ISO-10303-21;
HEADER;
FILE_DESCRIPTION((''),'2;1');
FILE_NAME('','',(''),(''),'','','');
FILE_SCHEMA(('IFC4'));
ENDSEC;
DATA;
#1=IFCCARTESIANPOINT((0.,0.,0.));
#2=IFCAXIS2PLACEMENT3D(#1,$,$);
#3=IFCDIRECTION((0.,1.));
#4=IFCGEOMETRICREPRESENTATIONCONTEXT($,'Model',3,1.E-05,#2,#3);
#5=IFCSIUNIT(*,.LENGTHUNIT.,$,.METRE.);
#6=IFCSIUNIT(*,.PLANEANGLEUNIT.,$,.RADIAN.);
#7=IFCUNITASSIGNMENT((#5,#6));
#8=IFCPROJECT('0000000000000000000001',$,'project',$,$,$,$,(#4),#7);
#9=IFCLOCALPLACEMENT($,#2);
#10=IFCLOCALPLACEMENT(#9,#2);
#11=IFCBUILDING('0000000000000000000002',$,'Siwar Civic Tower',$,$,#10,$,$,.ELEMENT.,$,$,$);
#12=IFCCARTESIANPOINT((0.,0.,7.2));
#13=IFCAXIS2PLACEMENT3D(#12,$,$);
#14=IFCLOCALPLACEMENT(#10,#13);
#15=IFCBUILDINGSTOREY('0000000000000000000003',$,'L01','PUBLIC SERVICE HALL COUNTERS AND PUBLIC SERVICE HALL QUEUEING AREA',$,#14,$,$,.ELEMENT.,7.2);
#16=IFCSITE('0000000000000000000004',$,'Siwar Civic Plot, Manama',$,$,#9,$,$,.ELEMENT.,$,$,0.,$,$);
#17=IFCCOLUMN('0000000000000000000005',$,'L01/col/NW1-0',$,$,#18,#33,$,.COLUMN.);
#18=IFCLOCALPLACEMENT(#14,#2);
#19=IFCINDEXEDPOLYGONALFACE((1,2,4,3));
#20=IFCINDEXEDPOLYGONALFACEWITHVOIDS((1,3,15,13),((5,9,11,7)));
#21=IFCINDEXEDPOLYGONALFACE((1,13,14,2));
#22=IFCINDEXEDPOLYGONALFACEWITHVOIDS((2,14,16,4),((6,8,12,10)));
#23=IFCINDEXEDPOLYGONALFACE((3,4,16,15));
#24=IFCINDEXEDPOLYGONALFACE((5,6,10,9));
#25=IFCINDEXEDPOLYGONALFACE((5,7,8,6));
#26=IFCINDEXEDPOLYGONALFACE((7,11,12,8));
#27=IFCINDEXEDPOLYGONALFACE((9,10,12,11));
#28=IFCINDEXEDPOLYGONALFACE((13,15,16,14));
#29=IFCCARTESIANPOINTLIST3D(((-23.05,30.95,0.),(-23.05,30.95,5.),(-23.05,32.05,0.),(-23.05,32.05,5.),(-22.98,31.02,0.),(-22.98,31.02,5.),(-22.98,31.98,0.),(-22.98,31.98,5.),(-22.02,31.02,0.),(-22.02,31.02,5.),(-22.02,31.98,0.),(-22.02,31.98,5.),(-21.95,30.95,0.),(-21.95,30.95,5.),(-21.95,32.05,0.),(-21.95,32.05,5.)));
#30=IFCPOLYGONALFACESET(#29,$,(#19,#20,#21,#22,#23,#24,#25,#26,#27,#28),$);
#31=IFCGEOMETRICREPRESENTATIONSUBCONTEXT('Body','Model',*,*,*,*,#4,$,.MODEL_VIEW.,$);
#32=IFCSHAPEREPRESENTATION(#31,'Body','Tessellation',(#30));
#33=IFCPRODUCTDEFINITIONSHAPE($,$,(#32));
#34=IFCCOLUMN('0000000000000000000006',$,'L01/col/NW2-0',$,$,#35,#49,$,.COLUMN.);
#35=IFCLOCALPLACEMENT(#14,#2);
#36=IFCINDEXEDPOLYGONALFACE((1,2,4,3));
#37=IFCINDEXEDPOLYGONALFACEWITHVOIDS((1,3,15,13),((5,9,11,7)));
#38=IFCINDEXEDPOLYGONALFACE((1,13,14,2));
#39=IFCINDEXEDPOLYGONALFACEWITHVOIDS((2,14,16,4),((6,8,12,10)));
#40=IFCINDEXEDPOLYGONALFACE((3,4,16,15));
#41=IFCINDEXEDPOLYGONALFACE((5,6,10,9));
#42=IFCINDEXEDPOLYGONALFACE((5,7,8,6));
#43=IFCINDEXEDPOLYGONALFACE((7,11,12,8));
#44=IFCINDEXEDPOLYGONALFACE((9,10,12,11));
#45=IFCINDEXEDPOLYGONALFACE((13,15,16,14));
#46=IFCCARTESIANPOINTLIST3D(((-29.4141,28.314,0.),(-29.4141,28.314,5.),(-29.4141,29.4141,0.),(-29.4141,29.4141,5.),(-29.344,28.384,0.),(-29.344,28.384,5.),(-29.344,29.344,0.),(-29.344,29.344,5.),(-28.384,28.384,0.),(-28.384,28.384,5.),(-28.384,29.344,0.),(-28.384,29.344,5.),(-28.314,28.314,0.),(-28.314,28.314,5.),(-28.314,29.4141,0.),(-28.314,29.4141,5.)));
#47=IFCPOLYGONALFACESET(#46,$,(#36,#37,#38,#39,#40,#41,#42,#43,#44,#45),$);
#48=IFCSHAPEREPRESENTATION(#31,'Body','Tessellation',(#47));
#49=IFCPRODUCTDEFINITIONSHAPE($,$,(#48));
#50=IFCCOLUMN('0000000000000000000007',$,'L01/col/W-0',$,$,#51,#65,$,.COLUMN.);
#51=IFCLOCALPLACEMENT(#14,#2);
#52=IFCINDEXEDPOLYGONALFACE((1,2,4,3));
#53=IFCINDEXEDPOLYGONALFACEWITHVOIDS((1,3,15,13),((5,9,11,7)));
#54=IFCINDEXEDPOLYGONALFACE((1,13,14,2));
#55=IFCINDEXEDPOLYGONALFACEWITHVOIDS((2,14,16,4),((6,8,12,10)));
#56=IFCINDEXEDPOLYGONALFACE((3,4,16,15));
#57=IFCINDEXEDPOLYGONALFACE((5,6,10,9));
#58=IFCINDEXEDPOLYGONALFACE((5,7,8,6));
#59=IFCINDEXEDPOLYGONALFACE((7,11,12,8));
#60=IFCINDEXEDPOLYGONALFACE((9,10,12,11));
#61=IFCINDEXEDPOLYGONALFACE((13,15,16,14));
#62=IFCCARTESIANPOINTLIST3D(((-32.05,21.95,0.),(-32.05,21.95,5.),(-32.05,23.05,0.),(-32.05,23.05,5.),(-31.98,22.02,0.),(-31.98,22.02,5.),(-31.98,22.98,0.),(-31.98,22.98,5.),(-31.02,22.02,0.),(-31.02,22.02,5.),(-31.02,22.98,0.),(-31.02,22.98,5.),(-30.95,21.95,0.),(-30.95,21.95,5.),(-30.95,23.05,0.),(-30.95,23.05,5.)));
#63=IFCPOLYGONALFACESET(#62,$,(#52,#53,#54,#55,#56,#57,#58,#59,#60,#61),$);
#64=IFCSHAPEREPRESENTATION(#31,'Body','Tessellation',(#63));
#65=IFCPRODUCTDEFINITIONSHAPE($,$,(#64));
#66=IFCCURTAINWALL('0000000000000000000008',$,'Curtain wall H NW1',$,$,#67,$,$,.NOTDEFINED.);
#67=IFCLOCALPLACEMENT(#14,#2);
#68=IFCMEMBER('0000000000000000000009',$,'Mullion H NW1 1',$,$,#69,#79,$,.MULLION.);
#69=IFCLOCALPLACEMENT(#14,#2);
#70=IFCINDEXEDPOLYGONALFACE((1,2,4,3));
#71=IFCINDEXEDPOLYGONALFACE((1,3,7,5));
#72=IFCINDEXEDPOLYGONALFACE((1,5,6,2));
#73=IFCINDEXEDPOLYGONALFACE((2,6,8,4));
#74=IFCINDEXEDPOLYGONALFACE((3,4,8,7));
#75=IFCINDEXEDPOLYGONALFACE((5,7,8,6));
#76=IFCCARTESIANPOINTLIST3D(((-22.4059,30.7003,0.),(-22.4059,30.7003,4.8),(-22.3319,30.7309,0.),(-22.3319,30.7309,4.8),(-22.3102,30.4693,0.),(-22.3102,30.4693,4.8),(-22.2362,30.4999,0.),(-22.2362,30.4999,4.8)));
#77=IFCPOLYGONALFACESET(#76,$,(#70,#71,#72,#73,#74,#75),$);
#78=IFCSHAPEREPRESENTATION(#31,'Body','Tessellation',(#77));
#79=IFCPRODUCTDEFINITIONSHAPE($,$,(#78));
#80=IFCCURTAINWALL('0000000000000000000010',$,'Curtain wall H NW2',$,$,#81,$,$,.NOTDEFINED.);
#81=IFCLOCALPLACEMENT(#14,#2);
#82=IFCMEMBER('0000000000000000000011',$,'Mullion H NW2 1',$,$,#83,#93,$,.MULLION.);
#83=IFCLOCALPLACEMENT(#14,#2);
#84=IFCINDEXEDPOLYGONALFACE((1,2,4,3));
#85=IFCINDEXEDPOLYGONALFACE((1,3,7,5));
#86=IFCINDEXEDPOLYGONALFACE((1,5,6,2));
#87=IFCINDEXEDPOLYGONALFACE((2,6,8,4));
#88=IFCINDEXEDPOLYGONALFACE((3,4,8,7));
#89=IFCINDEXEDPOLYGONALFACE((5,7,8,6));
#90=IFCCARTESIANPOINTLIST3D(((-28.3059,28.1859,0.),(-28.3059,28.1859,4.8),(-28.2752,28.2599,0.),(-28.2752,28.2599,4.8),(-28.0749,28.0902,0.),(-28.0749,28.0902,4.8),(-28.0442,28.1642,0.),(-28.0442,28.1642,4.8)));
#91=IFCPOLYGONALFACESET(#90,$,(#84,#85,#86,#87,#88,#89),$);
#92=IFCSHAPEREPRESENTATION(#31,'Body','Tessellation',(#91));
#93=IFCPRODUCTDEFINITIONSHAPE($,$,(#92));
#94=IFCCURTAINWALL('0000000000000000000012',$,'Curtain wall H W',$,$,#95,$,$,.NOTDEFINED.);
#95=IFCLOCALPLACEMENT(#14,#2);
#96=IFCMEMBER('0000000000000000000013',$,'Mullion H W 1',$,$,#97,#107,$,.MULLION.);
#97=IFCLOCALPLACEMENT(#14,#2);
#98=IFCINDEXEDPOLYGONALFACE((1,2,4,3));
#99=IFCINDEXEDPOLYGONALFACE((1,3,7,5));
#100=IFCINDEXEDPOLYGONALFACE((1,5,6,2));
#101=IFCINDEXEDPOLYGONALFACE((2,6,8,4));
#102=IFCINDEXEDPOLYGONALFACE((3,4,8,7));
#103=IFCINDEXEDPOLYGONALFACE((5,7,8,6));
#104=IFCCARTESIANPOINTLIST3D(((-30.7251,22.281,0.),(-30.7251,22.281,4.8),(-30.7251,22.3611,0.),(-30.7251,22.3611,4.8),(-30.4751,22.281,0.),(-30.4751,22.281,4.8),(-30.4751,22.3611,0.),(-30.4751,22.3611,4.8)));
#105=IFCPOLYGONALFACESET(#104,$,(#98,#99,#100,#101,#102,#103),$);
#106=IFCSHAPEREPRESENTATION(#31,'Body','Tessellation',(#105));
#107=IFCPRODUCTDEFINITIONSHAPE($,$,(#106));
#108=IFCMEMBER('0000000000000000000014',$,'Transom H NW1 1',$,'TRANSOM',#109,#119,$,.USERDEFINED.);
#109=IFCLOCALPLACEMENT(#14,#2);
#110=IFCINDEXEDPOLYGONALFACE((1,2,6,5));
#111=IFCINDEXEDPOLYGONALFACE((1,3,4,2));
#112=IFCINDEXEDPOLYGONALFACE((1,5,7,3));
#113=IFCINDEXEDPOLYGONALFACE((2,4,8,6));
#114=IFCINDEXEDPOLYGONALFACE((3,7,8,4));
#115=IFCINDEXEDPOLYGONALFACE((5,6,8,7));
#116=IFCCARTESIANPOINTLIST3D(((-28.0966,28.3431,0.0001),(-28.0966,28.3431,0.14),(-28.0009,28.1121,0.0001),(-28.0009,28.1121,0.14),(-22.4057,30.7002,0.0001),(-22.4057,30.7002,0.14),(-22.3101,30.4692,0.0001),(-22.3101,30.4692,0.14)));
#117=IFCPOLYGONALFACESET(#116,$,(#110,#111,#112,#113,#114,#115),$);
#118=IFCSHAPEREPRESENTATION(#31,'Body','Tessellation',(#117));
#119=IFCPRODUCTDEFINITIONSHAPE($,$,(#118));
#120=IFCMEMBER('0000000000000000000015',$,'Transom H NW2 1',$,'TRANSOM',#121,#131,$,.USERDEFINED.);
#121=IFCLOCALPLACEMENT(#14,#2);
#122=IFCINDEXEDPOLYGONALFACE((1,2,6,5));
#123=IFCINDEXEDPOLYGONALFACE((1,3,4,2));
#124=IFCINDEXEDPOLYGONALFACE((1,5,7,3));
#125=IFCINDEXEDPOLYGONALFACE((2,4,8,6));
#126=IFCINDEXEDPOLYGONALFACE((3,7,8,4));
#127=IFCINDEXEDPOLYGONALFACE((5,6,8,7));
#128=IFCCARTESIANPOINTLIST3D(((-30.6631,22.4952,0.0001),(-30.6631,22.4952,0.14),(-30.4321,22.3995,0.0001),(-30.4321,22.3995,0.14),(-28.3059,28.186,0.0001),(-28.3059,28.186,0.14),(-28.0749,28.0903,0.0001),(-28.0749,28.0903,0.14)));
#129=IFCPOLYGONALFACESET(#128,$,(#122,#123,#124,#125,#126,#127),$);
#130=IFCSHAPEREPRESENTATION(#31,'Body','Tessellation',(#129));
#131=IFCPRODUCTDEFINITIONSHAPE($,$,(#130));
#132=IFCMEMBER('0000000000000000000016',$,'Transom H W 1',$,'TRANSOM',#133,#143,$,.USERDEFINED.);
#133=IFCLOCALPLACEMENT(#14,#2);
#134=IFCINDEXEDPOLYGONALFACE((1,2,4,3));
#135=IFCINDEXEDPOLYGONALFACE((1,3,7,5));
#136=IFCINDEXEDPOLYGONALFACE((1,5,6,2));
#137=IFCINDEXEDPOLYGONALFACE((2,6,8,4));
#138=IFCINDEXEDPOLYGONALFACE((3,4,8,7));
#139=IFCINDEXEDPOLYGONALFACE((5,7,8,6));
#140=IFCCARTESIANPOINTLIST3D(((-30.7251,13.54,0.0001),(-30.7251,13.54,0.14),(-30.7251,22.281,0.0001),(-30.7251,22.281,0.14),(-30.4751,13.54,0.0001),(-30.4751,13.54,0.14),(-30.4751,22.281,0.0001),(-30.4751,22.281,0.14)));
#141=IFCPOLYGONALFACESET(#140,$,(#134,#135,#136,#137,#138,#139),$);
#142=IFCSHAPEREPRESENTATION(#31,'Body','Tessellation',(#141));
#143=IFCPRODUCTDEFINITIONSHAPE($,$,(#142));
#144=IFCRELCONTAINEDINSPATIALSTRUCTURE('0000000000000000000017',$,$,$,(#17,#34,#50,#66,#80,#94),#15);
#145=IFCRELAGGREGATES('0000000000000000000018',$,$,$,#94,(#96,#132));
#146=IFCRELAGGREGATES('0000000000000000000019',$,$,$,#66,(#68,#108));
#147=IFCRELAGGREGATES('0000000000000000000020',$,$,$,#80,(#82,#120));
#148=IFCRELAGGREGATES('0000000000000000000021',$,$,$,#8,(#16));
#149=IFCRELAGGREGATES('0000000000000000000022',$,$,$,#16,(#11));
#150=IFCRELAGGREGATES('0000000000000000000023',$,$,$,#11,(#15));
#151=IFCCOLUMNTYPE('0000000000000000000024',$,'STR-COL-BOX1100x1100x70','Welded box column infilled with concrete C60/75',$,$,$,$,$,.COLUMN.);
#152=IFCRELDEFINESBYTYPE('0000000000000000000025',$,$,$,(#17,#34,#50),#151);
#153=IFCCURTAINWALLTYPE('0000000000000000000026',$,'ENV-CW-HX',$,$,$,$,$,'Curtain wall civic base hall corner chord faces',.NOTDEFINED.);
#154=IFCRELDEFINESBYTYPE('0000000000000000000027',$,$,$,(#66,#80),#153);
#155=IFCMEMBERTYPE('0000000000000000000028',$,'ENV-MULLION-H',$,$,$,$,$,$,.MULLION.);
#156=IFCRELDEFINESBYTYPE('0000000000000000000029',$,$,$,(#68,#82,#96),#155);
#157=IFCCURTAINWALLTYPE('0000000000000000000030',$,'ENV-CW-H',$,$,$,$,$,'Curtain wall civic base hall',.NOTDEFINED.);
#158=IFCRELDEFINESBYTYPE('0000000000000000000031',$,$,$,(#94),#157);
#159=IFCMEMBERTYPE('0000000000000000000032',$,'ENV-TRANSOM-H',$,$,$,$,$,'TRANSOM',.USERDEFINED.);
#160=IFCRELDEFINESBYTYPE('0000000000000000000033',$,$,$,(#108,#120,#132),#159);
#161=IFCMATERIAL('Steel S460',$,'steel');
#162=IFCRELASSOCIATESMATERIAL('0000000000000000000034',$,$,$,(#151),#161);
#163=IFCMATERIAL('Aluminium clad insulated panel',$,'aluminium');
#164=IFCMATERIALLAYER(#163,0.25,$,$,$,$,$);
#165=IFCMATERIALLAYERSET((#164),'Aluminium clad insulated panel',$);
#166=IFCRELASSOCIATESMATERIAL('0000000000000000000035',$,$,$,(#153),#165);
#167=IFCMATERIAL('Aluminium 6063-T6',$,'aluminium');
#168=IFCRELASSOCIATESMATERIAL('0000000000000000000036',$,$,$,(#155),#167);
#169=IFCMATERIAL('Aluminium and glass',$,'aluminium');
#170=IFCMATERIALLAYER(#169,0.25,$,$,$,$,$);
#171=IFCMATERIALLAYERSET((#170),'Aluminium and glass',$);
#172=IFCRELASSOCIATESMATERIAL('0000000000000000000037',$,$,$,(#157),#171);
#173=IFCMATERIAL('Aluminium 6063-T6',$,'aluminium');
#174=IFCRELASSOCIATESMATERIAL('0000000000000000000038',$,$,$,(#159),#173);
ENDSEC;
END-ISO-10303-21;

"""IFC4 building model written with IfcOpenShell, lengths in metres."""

from ifc_helpers import new_model, si_unit, direction, frame, origin, origin_2d, place, context, subcontext, project, spatial, rectangle, hollow_rectangle, extrude, material, layer, layer_set, material_profile, profile_set, type_object, element, aggregate, save


model = new_model("IFC4")

# Units and contexts
model_context = context("Model", 3, precision=1e-05, world=origin(), true_north=direction((0.0, 1.0)))
body_context = subcontext(model_context, "Body", "Model", "MODEL_VIEW")
ifc_project = project(units=[si_unit("LENGTHUNIT", "METRE"), si_unit("PLANEANGLEUNIT", "RADIAN")], contexts=[model_context])

# Site, building, storey
site_placement = place(None, origin())
site = spatial("IfcSite", under=ifc_project, at=site_placement, Name="Siwar Civic Plot, Manama", CompositionType="ELEMENT", RefElevation=0.0)
building_placement = place(site_placement, origin())
building = spatial("IfcBuilding", under=site, at=building_placement, Name="Siwar Civic Tower", CompositionType="ELEMENT")
storey_placement = place(building_placement, frame((0.0, 0.0, 7.2)))
storey = spatial("IfcBuildingStorey", under=building, at=storey_placement, Name="L01", Description="PUBLIC SERVICE HALL COUNTERS AND PUBLIC SERVICE HALL QUEUEING AREA", CompositionType="ELEMENT", Elevation=7.2)

# Columns
ifc_material_1 = material(Name="Steel S460", Category="steel")
ifc_material_profile_1 = material_profile(ifc_material_1, hollow_rectangle(XDim=1.1001, YDim=1.1001, WallThickness=0.0701, at=origin_2d()), Name="BOX1100x1100x70")
ifc_profile_set_1 = profile_set([ifc_material_profile_1], Name="Steel S460")
column_type = type_object("IfcColumnType", Name="STR-COL-BOX1100x1100x70", Description="Welded box column infilled with concrete C60/75", PredefinedType="COLUMN", material=ifc_profile_set_1)
for number, where, z_axis, x_axis, name in (
    (1, (-22.5, 31.5, 0.0), (0.0, 0.0, 1.0), (1.0, 0.0, 0.0), "L01/col/NW1-0"),
    (2, (-28.864, 28.864, 0.0), (0.0, 0.0, 1.0), (1.0, 0.0, 0.0), "L01/col/NW2-0"),
    (3, (-31.5, 22.5, 0.0), (0.0, 0.0, 1.0), (1.0, 0.0, 0.0), "L01/col/W-0"),
):
    element("IfcColumn", number, at=place(storey_placement, frame(where, z_axis=z_axis, x_axis=x_axis)), inside=storey, type_object=column_type, Name=name, PredefinedType="COLUMN", context=body_context, shape_type="SweptSolid", body=[
        extrude(hollow_rectangle(XDim=1.1001, YDim=1.1001, WallThickness=0.0701, at=origin_2d()), origin(), (0.0, 0.0, 1.0), 5.0),
    ])

# Curtain walls, members
ifc_material_2 = material(Name="Aluminium clad insulated panel", Category="aluminium")
ifc_layer_1 = layer(ifc_material_2, 0.25)
ifc_layer_set_1 = layer_set([ifc_layer_1], Name="Aluminium clad insulated panel")
curtain_wall_type_1 = type_object("IfcCurtainWallType", Name="ENV-CW-HX", ElementType="Curtain wall civic base hall corner chord faces", PredefinedType="NOTDEFINED", material=ifc_layer_set_1)
curtain_wall_1_placement = place(storey_placement, origin())
curtain_wall_1 = element("IfcCurtainWall", 4, at=curtain_wall_1_placement, inside=storey, type_object=curtain_wall_type_1, Name="Curtain wall H NW1", PredefinedType="NOTDEFINED")
ifc_material_3 = material(Name="Aluminium 6063-T6", Category="aluminium")
ifc_material_profile_2 = material_profile(ifc_material_3, rectangle(XDim=0.25, YDim=0.0801, at=origin_2d()), Name="AL 250x80")
ifc_profile_set_2 = profile_set([ifc_material_profile_2], Name="Aluminium 6063-T6")
member_type_1 = type_object("IfcMemberType", Name="ENV-MULLION-H", PredefinedType="MULLION", material=ifc_profile_set_2)
member_1_placement = place(storey_placement, frame((-22.321, 30.6001, 0.0), z_axis=(0.0, 0.0, 1.0), x_axis=(0.382683, -0.92388, 0.0)))
member_1 = element("IfcMember", 5, at=member_1_placement, type_object=member_type_1, Name="Mullion H NW1 1", PredefinedType="MULLION", context=body_context, shape_type="SweptSolid", body=[
    extrude(rectangle(XDim=0.25, YDim=0.0801, at=origin_2d()), origin(), (0.0, 0.0, 1.0), 4.8),
])
curtain_wall_2_placement = place(storey_placement, origin())
curtain_wall_2 = element("IfcCurtainWall", 6, at=curtain_wall_2_placement, inside=storey, type_object=curtain_wall_type_1, Name="Curtain wall H NW2", PredefinedType="NOTDEFINED")
member_2_placement = place(storey_placement, frame((-28.175, 28.175, 0.0), z_axis=(0.0, 0.0, 1.0), x_axis=(0.92388, -0.382683, 0.0)))
member_2 = element("IfcMember", 7, at=member_2_placement, type_object=member_type_1, Name="Mullion H NW2 1", PredefinedType="MULLION", context=body_context, shape_type="SweptSolid", body=[
    extrude(rectangle(XDim=0.25, YDim=0.0801, at=origin_2d()), origin(), (0.0, 0.0, 1.0), 4.8),
])
ifc_material_4 = material(Name="Aluminium and glass", Category="aluminium")
ifc_layer_2 = layer(ifc_material_4, 0.25)
ifc_layer_set_2 = layer_set([ifc_layer_2], Name="Aluminium and glass")
curtain_wall_type_2 = type_object("IfcCurtainWallType", Name="ENV-CW-H", ElementType="Curtain wall civic base hall", PredefinedType="NOTDEFINED", material=ifc_layer_set_2)
curtain_wall_3_placement = place(storey_placement, origin())
curtain_wall_3 = element("IfcCurtainWall", 8, at=curtain_wall_3_placement, inside=storey, type_object=curtain_wall_type_2, Name="Curtain wall H W", PredefinedType="NOTDEFINED")
member_3_placement = place(storey_placement, frame((-30.6001, 22.321, 0.0), z_axis=(0.0, 0.0, 1.0), x_axis=(1.0, 0.0, 0.0)))
member_3 = element("IfcMember", 9, at=member_3_placement, type_object=member_type_1, Name="Mullion H W 1", PredefinedType="MULLION", context=body_context, shape_type="SweptSolid", body=[
    extrude(rectangle(XDim=0.25, YDim=0.0801, at=origin_2d()), origin(), (0.0, 0.0, 1.0), 4.8),
])

# Members
ifc_material_5 = material(Name="Aluminium 6063-T6", Category="aluminium")
ifc_material_profile_3 = material_profile(ifc_material_5, rectangle(XDim=0.25, YDim=0.1399, at=origin_2d()), Name="AL 250x140")
ifc_profile_set_3 = profile_set([ifc_material_profile_3], Name="Aluminium 6063-T6")
member_type_2 = type_object("IfcMemberType", Name="ENV-TRANSOM-H", ElementType="TRANSOM", PredefinedType="USERDEFINED", material=ifc_profile_set_3)
member_4_placement = place(storey_placement, frame((-22.3579, 30.5847, 0.0701), z_axis=(-0.923884, -0.382673, 0.0), x_axis=(0.382673, -0.923884, 0.0)))
member_4 = element("IfcMember", 10, at=member_4_placement, type_object=member_type_2, Name="Transom H NW1 1", ObjectType="TRANSOM", PredefinedType="USERDEFINED", context=body_context, shape_type="SweptSolid", body=[
    extrude(rectangle(XDim=0.25, YDim=0.1399, at=origin_2d()), origin(), (0.0, 0.0, 1.0), 6.1597),
])
member_5_placement = place(storey_placement, frame((-28.1904, 28.1382, 0.0701), z_axis=(-0.382673, -0.923884, 0.0), x_axis=(0.923884, -0.382673, 0.0)))
member_5 = element("IfcMember", 11, at=member_5_placement, type_object=member_type_2, Name="Transom H NW2 1", ObjectType="TRANSOM", PredefinedType="USERDEFINED", context=body_context, shape_type="SweptSolid", body=[
    extrude(rectangle(XDim=0.25, YDim=0.1399, at=origin_2d()), origin(), (0.0, 0.0, 1.0), 6.1597),
])
member_6_placement = place(storey_placement, frame((-30.6001, 22.281, 0.0701), z_axis=(0.0, -1.0, 0.0), x_axis=(1.0, 0.0, 0.0)))
member_6 = element("IfcMember", 12, at=member_6_placement, type_object=member_type_2, Name="Transom H W 1", ObjectType="TRANSOM", PredefinedType="USERDEFINED", context=body_context, shape_type="SweptSolid", body=[
    extrude(rectangle(XDim=0.25, YDim=0.1399, at=origin_2d()), origin(), (0.0, 0.0, 1.0), 8.741),
])
aggregate(curtain_wall_3, [member_3, member_6])

aggregate(curtain_wall_1, [member_1, member_4])
aggregate(curtain_wall_2, [member_2, member_5])

save(model, "model.ifc")
